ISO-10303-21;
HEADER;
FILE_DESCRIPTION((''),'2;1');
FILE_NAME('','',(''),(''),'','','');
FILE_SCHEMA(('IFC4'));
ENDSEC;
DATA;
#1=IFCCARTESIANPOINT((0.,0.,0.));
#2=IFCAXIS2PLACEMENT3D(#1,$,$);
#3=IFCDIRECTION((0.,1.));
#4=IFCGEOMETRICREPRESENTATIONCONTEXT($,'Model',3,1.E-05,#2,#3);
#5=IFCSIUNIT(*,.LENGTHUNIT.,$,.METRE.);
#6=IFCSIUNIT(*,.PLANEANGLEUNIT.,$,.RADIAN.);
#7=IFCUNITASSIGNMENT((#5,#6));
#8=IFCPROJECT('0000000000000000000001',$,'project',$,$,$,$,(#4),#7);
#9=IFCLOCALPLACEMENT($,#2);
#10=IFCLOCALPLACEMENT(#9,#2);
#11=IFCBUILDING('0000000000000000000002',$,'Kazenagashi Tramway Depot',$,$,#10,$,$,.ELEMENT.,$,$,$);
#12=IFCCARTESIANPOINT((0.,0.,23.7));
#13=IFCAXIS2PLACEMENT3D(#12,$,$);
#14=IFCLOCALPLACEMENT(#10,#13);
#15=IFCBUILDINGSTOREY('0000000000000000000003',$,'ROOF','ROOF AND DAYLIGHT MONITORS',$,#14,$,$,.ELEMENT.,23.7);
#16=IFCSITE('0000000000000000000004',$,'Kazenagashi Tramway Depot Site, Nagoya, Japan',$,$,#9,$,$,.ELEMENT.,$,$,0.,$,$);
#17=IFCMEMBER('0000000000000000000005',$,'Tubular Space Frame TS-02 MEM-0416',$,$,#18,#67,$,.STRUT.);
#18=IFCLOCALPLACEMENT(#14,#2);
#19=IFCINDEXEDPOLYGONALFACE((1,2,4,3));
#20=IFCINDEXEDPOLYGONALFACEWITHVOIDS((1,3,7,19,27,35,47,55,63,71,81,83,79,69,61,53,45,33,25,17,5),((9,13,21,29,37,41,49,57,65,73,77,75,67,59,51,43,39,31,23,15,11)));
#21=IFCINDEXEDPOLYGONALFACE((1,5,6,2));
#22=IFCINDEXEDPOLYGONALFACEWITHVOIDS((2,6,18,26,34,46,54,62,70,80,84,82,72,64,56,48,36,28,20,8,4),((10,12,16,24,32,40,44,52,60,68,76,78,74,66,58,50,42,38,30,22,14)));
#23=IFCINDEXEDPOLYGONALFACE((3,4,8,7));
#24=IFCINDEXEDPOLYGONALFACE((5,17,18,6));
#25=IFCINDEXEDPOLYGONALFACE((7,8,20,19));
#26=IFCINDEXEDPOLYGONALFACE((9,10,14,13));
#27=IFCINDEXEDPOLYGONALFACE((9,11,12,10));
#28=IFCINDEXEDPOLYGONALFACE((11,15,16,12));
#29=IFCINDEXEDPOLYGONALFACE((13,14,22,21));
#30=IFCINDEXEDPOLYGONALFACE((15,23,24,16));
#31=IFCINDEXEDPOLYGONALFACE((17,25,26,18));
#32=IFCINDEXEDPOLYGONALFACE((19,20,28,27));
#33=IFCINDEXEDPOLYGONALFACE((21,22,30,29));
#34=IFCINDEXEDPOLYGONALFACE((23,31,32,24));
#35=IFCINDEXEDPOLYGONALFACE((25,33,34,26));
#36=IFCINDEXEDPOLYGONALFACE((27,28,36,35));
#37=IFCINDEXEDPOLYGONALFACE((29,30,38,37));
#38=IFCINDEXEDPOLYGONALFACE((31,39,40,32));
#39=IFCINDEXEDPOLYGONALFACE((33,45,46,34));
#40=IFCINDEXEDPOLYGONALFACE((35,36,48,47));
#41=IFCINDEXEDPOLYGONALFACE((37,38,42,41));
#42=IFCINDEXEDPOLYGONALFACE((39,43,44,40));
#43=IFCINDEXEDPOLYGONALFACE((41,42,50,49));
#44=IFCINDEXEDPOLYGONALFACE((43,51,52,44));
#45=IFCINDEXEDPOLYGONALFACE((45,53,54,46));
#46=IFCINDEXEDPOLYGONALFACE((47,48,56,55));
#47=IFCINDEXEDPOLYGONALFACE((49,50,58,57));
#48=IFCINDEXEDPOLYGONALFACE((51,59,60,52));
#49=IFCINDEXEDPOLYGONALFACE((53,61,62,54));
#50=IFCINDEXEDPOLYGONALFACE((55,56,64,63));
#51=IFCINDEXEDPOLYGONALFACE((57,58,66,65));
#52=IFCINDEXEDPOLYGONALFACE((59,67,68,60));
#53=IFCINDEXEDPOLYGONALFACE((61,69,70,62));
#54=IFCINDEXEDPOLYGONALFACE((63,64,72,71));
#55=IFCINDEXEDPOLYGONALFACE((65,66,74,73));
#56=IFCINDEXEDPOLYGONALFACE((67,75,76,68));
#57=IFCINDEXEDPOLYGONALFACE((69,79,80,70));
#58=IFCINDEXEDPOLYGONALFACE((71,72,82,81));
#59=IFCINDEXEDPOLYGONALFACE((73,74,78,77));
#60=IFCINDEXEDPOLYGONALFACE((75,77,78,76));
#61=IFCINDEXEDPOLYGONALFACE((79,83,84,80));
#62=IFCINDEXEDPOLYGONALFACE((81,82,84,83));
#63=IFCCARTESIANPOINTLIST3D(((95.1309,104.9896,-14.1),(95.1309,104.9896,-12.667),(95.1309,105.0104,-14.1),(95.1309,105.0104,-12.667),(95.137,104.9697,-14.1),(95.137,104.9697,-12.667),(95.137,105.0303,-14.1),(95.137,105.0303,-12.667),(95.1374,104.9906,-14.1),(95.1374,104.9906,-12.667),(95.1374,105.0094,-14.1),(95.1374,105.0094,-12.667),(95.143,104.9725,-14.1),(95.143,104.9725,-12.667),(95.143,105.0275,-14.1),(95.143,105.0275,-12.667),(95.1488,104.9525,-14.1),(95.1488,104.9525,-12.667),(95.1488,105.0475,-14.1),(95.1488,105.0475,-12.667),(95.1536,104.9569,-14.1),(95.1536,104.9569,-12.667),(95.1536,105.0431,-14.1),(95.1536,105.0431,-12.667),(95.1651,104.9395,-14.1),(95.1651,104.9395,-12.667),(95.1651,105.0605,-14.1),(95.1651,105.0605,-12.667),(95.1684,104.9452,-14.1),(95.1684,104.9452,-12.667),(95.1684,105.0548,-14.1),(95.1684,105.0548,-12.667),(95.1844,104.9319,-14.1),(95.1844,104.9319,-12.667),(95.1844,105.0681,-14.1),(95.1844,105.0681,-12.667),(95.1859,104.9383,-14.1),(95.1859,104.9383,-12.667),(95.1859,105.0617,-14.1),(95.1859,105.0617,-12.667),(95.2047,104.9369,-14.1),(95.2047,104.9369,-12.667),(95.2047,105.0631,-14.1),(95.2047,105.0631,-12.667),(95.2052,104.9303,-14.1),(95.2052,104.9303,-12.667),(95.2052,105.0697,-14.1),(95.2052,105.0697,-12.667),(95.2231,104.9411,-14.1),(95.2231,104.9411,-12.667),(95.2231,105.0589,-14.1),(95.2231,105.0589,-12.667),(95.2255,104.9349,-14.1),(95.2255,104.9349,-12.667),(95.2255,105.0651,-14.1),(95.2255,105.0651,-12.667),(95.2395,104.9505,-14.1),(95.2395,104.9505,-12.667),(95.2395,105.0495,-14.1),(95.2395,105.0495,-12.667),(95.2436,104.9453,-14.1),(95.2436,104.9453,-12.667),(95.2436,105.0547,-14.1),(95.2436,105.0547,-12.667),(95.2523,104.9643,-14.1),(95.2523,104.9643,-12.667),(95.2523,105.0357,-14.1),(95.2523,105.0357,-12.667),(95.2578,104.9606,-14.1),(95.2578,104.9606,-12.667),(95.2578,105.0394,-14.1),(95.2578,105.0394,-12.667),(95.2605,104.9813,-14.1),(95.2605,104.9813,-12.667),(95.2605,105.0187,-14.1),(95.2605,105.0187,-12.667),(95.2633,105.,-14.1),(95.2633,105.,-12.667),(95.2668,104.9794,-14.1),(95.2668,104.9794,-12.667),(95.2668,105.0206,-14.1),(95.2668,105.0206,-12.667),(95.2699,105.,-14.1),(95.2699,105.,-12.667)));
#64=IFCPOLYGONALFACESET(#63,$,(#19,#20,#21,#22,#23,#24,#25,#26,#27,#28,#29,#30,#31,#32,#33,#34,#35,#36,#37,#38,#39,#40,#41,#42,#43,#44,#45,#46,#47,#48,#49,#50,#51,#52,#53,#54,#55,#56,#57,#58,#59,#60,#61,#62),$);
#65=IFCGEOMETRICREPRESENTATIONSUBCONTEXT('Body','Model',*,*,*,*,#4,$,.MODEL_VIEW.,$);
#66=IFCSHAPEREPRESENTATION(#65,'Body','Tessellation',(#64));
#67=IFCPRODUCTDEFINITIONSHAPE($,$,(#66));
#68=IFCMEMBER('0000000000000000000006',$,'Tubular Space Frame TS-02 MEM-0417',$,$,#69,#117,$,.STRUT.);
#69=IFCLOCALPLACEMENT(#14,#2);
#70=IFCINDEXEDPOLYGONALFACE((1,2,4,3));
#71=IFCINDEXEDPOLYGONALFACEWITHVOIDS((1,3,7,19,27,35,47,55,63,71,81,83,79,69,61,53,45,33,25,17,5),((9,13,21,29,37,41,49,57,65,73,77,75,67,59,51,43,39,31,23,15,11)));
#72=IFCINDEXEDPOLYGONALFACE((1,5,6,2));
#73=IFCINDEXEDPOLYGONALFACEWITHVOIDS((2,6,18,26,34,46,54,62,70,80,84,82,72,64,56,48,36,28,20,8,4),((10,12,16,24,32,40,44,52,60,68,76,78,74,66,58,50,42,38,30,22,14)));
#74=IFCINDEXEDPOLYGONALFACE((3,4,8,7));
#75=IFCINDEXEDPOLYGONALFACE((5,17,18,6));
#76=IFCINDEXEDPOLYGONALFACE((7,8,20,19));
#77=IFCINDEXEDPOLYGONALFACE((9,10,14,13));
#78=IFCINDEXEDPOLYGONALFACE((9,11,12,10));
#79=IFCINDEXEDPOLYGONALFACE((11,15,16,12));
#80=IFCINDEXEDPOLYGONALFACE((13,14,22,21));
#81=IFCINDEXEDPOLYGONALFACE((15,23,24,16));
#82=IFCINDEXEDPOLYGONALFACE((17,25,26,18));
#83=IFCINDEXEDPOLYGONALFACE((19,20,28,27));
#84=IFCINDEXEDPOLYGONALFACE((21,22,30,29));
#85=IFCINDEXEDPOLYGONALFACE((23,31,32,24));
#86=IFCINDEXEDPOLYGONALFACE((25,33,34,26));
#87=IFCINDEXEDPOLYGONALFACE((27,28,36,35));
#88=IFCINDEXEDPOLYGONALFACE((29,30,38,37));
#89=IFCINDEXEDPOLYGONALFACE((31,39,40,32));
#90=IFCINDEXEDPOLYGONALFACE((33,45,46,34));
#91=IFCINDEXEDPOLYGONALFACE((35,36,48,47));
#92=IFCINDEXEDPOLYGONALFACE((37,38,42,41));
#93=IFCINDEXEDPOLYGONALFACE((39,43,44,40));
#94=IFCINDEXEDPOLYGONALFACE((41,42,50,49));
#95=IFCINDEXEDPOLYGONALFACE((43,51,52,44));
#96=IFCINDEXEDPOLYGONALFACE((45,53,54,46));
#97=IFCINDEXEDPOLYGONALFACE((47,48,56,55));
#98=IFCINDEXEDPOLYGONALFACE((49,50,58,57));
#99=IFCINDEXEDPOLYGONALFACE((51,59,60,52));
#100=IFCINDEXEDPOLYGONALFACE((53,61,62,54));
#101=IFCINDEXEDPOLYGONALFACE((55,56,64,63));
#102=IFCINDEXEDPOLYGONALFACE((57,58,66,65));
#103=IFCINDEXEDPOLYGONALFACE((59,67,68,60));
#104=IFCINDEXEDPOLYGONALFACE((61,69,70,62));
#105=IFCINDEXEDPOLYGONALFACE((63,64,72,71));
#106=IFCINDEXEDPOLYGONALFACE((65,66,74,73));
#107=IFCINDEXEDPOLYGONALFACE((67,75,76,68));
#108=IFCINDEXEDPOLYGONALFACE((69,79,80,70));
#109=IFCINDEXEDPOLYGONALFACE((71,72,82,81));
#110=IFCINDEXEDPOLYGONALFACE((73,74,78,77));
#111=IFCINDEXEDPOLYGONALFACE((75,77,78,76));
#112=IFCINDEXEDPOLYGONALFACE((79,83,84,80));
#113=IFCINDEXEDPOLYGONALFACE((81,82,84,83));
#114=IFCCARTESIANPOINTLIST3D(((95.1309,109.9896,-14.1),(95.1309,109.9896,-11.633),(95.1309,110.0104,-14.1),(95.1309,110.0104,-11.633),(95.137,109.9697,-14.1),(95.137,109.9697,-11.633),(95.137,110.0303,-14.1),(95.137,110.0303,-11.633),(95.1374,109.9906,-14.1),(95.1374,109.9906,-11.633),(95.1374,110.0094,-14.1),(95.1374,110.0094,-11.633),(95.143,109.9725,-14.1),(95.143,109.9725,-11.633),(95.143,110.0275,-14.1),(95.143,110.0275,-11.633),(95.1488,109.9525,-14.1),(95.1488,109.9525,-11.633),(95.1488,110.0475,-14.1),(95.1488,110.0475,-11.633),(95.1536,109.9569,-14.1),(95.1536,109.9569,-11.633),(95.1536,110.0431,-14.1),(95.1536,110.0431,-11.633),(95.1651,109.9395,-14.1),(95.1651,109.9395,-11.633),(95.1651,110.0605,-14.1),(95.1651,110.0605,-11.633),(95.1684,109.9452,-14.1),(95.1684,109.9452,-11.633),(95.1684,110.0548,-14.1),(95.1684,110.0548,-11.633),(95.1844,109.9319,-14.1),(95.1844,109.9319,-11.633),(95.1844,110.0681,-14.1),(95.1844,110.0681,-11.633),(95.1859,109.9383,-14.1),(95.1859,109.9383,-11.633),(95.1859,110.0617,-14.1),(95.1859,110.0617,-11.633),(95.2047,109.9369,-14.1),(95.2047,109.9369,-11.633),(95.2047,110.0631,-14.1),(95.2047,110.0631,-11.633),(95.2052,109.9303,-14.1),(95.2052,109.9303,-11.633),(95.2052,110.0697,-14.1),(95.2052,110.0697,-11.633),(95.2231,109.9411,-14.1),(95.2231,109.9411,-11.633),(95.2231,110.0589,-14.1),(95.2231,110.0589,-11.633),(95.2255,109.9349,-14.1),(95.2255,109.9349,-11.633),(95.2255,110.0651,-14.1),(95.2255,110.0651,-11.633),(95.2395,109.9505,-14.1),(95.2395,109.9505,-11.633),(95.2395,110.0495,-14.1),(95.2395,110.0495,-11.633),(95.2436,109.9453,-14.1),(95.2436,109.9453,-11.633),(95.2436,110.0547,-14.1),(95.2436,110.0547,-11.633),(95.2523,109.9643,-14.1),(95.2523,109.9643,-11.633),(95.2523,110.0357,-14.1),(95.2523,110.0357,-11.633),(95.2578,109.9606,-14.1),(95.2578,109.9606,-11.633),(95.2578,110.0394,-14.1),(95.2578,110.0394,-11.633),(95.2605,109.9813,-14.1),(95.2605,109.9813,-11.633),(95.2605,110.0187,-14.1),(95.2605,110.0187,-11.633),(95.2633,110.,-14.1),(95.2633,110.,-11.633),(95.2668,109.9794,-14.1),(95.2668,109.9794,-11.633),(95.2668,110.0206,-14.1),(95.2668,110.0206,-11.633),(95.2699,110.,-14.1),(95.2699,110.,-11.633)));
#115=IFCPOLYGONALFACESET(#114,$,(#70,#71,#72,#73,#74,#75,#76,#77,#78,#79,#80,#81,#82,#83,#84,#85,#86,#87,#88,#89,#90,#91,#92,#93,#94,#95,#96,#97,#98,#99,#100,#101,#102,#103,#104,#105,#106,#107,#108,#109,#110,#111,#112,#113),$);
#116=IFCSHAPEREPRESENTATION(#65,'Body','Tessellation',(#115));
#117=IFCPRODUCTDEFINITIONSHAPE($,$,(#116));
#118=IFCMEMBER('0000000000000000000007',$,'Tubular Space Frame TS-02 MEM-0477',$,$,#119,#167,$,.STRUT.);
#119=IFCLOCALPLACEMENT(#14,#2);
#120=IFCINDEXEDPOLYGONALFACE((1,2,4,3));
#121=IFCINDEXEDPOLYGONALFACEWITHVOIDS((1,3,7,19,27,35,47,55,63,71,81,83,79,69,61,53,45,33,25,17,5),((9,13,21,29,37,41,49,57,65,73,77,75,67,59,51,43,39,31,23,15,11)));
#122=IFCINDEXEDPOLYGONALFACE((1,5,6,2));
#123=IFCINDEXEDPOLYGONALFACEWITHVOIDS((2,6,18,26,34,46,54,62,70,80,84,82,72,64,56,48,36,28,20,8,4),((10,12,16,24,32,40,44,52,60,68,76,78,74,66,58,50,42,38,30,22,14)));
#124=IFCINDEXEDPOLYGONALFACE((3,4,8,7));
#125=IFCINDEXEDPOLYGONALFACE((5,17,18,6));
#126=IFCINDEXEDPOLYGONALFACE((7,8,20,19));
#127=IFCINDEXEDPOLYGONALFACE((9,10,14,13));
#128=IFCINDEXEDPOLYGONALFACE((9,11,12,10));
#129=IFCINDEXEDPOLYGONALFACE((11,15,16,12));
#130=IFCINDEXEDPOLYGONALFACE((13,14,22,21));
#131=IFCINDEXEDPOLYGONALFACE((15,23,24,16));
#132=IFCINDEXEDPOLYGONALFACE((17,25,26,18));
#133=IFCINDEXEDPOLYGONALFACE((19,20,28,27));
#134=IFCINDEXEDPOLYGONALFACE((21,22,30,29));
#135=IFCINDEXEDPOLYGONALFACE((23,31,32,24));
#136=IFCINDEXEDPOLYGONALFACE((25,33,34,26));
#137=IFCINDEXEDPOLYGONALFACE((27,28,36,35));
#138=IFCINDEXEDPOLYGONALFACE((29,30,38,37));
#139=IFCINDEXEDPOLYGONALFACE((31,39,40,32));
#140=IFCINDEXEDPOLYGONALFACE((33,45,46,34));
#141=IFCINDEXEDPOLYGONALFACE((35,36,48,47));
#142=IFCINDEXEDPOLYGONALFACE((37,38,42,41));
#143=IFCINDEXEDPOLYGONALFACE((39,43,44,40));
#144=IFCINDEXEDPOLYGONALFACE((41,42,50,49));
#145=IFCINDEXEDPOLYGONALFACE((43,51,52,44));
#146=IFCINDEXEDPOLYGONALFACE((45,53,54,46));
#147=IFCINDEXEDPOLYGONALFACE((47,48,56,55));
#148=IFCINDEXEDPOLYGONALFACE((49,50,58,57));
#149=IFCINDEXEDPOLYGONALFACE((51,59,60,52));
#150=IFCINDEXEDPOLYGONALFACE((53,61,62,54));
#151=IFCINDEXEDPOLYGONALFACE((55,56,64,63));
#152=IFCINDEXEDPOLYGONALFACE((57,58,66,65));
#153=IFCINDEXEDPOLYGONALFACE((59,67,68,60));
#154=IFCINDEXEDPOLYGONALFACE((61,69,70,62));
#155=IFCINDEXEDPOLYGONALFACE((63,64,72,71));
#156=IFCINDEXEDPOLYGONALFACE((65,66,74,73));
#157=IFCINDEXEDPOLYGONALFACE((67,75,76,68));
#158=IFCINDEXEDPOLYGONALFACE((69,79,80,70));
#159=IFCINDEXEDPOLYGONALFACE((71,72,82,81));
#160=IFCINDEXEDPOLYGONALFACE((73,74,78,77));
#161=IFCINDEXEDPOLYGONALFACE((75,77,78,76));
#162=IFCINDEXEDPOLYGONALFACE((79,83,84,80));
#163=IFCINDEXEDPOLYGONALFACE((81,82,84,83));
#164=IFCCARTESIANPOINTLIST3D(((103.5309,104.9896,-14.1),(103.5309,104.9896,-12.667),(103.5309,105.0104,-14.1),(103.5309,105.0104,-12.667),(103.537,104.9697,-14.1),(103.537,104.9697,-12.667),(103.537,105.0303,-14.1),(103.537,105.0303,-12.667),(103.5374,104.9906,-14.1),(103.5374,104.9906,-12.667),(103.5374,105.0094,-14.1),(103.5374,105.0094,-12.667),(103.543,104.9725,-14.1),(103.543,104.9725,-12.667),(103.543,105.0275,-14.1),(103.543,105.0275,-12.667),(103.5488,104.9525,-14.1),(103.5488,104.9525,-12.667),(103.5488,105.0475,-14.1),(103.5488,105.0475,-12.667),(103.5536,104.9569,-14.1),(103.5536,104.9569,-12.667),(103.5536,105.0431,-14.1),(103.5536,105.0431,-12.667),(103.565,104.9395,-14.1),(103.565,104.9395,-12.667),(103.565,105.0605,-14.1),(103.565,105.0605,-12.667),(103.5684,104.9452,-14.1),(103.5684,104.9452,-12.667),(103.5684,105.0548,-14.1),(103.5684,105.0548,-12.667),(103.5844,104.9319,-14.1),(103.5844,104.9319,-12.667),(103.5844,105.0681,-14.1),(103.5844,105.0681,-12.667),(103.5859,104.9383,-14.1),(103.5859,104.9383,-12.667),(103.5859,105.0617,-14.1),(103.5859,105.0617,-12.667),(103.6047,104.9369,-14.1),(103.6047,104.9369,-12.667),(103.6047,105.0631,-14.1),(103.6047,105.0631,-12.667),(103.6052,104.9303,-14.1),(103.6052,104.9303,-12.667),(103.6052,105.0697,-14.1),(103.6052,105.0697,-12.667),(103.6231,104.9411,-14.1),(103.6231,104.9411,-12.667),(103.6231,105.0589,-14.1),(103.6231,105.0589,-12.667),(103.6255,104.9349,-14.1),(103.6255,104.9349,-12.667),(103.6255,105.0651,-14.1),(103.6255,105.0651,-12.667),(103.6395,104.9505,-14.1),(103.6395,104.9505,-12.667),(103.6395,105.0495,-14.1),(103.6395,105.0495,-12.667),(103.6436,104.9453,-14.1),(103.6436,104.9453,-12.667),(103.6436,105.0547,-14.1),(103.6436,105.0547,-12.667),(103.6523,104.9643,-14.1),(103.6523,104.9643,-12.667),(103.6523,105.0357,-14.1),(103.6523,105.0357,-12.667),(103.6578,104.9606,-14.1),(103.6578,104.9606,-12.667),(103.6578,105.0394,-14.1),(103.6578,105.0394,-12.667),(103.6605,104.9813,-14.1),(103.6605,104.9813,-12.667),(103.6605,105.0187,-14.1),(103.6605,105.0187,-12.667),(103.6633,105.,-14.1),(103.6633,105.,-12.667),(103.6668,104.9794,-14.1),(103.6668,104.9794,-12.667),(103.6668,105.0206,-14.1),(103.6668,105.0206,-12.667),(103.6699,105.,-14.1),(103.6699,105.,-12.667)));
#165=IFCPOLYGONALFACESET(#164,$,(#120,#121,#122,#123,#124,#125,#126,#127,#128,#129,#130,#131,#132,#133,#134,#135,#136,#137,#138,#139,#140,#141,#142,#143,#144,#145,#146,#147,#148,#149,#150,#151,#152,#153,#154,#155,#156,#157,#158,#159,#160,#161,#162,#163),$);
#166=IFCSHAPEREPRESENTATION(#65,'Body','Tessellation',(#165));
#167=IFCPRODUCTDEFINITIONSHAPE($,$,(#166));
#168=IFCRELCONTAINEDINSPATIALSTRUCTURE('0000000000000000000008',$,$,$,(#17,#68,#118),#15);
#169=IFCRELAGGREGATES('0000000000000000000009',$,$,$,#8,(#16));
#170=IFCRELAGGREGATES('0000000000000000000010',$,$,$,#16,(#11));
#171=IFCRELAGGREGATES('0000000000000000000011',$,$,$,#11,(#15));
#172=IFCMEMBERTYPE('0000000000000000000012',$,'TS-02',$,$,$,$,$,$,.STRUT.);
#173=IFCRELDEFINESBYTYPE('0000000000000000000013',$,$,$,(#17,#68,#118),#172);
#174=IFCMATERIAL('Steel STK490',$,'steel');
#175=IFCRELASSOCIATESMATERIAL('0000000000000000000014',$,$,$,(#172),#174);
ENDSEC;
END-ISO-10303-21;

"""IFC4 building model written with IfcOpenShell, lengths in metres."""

from ifc_helpers import new_model, si_unit, direction, frame, origin, origin_2d, place, context, subcontext, project, spatial, hollow_circle, extrude, material, material_profile, profile_set, type_object, element, save


model = new_model("IFC4")

# Units and contexts
model_context = context("Model", 3, precision=1e-05, world=origin(), true_north=direction((0.0, 1.0)))
body_context = subcontext(model_context, "Body", "Model", "MODEL_VIEW")
ifc_project = project(units=[si_unit("LENGTHUNIT", "METRE"), si_unit("PLANEANGLEUNIT", "RADIAN")], contexts=[model_context])

# Site, building, storey
site_placement = place(None, origin())
site = spatial("IfcSite", under=ifc_project, at=site_placement, Name="Kazenagashi Tramway Depot Site, Nagoya, Japan", CompositionType="ELEMENT", RefElevation=0.0)
building_placement = place(site_placement, origin())
building = spatial("IfcBuilding", under=site, at=building_placement, Name="Kazenagashi Tramway Depot", CompositionType="ELEMENT")
storey_placement = place(building_placement, frame((0.0, 0.0, 23.7)))
storey = spatial("IfcBuildingStorey", under=building, at=storey_placement, Name="ROOF", Description="ROOF AND DAYLIGHT MONITORS", CompositionType="ELEMENT", Elevation=23.7)

# Members
ifc_material_1 = material(Name="Steel STK490", Category="steel")
ifc_material_profile_1 = material_profile(ifc_material_1, hollow_circle(Radius=0.0699, WallThickness=0.0066, at=origin_2d()), Name="CHS-139.8x6.6")
ifc_profile_set_1 = profile_set([ifc_material_profile_1], Name="Steel STK490")
member_type_1 = type_object("IfcMemberType", Name="TS-02", PredefinedType="STRUT", material=ifc_profile_set_1)
member_1_placement = place(storey_placement, frame((95.2, 105.0, -14.1), z_axis=(0.0, 0.0, 1.0), x_axis=(1.0, 0.0, 0.0)))
element("IfcMember", 1, at=member_1_placement, inside=storey, type_object=member_type_1, Name="Tubular Space Frame TS-02 MEM-0416", PredefinedType="STRUT", context=body_context, shape_type="SweptSolid", body=[
    extrude(hollow_circle(Radius=0.0699, WallThickness=0.0066, at=origin_2d()), origin(), (0.0, 0.0, 1.0), 1.433),
])
member_2_placement = place(storey_placement, frame((95.2, 110.0, -14.1), z_axis=(0.0, 0.0, 1.0), x_axis=(1.0, 0.0, 0.0)))
element("IfcMember", 2, at=member_2_placement, inside=storey, type_object=member_type_1, Name="Tubular Space Frame TS-02 MEM-0417", PredefinedType="STRUT", context=body_context, shape_type="SweptSolid", body=[
    extrude(hollow_circle(Radius=0.0699, WallThickness=0.0066, at=origin_2d()), origin(), (0.0, 0.0, 1.0), 2.467),
])
member_3_placement = place(storey_placement, frame((103.6, 105.0, -14.1), z_axis=(0.0, 0.0, 1.0), x_axis=(1.0, 0.0, 0.0)))
element("IfcMember", 3, at=member_3_placement, inside=storey, type_object=member_type_1, Name="Tubular Space Frame TS-02 MEM-0477", PredefinedType="STRUT", context=body_context, shape_type="SweptSolid", body=[
    extrude(hollow_circle(Radius=0.0699, WallThickness=0.0066, at=origin_2d()), origin(), (0.0, 0.0, 1.0), 1.433),
])

save(model, "model.ifc")
